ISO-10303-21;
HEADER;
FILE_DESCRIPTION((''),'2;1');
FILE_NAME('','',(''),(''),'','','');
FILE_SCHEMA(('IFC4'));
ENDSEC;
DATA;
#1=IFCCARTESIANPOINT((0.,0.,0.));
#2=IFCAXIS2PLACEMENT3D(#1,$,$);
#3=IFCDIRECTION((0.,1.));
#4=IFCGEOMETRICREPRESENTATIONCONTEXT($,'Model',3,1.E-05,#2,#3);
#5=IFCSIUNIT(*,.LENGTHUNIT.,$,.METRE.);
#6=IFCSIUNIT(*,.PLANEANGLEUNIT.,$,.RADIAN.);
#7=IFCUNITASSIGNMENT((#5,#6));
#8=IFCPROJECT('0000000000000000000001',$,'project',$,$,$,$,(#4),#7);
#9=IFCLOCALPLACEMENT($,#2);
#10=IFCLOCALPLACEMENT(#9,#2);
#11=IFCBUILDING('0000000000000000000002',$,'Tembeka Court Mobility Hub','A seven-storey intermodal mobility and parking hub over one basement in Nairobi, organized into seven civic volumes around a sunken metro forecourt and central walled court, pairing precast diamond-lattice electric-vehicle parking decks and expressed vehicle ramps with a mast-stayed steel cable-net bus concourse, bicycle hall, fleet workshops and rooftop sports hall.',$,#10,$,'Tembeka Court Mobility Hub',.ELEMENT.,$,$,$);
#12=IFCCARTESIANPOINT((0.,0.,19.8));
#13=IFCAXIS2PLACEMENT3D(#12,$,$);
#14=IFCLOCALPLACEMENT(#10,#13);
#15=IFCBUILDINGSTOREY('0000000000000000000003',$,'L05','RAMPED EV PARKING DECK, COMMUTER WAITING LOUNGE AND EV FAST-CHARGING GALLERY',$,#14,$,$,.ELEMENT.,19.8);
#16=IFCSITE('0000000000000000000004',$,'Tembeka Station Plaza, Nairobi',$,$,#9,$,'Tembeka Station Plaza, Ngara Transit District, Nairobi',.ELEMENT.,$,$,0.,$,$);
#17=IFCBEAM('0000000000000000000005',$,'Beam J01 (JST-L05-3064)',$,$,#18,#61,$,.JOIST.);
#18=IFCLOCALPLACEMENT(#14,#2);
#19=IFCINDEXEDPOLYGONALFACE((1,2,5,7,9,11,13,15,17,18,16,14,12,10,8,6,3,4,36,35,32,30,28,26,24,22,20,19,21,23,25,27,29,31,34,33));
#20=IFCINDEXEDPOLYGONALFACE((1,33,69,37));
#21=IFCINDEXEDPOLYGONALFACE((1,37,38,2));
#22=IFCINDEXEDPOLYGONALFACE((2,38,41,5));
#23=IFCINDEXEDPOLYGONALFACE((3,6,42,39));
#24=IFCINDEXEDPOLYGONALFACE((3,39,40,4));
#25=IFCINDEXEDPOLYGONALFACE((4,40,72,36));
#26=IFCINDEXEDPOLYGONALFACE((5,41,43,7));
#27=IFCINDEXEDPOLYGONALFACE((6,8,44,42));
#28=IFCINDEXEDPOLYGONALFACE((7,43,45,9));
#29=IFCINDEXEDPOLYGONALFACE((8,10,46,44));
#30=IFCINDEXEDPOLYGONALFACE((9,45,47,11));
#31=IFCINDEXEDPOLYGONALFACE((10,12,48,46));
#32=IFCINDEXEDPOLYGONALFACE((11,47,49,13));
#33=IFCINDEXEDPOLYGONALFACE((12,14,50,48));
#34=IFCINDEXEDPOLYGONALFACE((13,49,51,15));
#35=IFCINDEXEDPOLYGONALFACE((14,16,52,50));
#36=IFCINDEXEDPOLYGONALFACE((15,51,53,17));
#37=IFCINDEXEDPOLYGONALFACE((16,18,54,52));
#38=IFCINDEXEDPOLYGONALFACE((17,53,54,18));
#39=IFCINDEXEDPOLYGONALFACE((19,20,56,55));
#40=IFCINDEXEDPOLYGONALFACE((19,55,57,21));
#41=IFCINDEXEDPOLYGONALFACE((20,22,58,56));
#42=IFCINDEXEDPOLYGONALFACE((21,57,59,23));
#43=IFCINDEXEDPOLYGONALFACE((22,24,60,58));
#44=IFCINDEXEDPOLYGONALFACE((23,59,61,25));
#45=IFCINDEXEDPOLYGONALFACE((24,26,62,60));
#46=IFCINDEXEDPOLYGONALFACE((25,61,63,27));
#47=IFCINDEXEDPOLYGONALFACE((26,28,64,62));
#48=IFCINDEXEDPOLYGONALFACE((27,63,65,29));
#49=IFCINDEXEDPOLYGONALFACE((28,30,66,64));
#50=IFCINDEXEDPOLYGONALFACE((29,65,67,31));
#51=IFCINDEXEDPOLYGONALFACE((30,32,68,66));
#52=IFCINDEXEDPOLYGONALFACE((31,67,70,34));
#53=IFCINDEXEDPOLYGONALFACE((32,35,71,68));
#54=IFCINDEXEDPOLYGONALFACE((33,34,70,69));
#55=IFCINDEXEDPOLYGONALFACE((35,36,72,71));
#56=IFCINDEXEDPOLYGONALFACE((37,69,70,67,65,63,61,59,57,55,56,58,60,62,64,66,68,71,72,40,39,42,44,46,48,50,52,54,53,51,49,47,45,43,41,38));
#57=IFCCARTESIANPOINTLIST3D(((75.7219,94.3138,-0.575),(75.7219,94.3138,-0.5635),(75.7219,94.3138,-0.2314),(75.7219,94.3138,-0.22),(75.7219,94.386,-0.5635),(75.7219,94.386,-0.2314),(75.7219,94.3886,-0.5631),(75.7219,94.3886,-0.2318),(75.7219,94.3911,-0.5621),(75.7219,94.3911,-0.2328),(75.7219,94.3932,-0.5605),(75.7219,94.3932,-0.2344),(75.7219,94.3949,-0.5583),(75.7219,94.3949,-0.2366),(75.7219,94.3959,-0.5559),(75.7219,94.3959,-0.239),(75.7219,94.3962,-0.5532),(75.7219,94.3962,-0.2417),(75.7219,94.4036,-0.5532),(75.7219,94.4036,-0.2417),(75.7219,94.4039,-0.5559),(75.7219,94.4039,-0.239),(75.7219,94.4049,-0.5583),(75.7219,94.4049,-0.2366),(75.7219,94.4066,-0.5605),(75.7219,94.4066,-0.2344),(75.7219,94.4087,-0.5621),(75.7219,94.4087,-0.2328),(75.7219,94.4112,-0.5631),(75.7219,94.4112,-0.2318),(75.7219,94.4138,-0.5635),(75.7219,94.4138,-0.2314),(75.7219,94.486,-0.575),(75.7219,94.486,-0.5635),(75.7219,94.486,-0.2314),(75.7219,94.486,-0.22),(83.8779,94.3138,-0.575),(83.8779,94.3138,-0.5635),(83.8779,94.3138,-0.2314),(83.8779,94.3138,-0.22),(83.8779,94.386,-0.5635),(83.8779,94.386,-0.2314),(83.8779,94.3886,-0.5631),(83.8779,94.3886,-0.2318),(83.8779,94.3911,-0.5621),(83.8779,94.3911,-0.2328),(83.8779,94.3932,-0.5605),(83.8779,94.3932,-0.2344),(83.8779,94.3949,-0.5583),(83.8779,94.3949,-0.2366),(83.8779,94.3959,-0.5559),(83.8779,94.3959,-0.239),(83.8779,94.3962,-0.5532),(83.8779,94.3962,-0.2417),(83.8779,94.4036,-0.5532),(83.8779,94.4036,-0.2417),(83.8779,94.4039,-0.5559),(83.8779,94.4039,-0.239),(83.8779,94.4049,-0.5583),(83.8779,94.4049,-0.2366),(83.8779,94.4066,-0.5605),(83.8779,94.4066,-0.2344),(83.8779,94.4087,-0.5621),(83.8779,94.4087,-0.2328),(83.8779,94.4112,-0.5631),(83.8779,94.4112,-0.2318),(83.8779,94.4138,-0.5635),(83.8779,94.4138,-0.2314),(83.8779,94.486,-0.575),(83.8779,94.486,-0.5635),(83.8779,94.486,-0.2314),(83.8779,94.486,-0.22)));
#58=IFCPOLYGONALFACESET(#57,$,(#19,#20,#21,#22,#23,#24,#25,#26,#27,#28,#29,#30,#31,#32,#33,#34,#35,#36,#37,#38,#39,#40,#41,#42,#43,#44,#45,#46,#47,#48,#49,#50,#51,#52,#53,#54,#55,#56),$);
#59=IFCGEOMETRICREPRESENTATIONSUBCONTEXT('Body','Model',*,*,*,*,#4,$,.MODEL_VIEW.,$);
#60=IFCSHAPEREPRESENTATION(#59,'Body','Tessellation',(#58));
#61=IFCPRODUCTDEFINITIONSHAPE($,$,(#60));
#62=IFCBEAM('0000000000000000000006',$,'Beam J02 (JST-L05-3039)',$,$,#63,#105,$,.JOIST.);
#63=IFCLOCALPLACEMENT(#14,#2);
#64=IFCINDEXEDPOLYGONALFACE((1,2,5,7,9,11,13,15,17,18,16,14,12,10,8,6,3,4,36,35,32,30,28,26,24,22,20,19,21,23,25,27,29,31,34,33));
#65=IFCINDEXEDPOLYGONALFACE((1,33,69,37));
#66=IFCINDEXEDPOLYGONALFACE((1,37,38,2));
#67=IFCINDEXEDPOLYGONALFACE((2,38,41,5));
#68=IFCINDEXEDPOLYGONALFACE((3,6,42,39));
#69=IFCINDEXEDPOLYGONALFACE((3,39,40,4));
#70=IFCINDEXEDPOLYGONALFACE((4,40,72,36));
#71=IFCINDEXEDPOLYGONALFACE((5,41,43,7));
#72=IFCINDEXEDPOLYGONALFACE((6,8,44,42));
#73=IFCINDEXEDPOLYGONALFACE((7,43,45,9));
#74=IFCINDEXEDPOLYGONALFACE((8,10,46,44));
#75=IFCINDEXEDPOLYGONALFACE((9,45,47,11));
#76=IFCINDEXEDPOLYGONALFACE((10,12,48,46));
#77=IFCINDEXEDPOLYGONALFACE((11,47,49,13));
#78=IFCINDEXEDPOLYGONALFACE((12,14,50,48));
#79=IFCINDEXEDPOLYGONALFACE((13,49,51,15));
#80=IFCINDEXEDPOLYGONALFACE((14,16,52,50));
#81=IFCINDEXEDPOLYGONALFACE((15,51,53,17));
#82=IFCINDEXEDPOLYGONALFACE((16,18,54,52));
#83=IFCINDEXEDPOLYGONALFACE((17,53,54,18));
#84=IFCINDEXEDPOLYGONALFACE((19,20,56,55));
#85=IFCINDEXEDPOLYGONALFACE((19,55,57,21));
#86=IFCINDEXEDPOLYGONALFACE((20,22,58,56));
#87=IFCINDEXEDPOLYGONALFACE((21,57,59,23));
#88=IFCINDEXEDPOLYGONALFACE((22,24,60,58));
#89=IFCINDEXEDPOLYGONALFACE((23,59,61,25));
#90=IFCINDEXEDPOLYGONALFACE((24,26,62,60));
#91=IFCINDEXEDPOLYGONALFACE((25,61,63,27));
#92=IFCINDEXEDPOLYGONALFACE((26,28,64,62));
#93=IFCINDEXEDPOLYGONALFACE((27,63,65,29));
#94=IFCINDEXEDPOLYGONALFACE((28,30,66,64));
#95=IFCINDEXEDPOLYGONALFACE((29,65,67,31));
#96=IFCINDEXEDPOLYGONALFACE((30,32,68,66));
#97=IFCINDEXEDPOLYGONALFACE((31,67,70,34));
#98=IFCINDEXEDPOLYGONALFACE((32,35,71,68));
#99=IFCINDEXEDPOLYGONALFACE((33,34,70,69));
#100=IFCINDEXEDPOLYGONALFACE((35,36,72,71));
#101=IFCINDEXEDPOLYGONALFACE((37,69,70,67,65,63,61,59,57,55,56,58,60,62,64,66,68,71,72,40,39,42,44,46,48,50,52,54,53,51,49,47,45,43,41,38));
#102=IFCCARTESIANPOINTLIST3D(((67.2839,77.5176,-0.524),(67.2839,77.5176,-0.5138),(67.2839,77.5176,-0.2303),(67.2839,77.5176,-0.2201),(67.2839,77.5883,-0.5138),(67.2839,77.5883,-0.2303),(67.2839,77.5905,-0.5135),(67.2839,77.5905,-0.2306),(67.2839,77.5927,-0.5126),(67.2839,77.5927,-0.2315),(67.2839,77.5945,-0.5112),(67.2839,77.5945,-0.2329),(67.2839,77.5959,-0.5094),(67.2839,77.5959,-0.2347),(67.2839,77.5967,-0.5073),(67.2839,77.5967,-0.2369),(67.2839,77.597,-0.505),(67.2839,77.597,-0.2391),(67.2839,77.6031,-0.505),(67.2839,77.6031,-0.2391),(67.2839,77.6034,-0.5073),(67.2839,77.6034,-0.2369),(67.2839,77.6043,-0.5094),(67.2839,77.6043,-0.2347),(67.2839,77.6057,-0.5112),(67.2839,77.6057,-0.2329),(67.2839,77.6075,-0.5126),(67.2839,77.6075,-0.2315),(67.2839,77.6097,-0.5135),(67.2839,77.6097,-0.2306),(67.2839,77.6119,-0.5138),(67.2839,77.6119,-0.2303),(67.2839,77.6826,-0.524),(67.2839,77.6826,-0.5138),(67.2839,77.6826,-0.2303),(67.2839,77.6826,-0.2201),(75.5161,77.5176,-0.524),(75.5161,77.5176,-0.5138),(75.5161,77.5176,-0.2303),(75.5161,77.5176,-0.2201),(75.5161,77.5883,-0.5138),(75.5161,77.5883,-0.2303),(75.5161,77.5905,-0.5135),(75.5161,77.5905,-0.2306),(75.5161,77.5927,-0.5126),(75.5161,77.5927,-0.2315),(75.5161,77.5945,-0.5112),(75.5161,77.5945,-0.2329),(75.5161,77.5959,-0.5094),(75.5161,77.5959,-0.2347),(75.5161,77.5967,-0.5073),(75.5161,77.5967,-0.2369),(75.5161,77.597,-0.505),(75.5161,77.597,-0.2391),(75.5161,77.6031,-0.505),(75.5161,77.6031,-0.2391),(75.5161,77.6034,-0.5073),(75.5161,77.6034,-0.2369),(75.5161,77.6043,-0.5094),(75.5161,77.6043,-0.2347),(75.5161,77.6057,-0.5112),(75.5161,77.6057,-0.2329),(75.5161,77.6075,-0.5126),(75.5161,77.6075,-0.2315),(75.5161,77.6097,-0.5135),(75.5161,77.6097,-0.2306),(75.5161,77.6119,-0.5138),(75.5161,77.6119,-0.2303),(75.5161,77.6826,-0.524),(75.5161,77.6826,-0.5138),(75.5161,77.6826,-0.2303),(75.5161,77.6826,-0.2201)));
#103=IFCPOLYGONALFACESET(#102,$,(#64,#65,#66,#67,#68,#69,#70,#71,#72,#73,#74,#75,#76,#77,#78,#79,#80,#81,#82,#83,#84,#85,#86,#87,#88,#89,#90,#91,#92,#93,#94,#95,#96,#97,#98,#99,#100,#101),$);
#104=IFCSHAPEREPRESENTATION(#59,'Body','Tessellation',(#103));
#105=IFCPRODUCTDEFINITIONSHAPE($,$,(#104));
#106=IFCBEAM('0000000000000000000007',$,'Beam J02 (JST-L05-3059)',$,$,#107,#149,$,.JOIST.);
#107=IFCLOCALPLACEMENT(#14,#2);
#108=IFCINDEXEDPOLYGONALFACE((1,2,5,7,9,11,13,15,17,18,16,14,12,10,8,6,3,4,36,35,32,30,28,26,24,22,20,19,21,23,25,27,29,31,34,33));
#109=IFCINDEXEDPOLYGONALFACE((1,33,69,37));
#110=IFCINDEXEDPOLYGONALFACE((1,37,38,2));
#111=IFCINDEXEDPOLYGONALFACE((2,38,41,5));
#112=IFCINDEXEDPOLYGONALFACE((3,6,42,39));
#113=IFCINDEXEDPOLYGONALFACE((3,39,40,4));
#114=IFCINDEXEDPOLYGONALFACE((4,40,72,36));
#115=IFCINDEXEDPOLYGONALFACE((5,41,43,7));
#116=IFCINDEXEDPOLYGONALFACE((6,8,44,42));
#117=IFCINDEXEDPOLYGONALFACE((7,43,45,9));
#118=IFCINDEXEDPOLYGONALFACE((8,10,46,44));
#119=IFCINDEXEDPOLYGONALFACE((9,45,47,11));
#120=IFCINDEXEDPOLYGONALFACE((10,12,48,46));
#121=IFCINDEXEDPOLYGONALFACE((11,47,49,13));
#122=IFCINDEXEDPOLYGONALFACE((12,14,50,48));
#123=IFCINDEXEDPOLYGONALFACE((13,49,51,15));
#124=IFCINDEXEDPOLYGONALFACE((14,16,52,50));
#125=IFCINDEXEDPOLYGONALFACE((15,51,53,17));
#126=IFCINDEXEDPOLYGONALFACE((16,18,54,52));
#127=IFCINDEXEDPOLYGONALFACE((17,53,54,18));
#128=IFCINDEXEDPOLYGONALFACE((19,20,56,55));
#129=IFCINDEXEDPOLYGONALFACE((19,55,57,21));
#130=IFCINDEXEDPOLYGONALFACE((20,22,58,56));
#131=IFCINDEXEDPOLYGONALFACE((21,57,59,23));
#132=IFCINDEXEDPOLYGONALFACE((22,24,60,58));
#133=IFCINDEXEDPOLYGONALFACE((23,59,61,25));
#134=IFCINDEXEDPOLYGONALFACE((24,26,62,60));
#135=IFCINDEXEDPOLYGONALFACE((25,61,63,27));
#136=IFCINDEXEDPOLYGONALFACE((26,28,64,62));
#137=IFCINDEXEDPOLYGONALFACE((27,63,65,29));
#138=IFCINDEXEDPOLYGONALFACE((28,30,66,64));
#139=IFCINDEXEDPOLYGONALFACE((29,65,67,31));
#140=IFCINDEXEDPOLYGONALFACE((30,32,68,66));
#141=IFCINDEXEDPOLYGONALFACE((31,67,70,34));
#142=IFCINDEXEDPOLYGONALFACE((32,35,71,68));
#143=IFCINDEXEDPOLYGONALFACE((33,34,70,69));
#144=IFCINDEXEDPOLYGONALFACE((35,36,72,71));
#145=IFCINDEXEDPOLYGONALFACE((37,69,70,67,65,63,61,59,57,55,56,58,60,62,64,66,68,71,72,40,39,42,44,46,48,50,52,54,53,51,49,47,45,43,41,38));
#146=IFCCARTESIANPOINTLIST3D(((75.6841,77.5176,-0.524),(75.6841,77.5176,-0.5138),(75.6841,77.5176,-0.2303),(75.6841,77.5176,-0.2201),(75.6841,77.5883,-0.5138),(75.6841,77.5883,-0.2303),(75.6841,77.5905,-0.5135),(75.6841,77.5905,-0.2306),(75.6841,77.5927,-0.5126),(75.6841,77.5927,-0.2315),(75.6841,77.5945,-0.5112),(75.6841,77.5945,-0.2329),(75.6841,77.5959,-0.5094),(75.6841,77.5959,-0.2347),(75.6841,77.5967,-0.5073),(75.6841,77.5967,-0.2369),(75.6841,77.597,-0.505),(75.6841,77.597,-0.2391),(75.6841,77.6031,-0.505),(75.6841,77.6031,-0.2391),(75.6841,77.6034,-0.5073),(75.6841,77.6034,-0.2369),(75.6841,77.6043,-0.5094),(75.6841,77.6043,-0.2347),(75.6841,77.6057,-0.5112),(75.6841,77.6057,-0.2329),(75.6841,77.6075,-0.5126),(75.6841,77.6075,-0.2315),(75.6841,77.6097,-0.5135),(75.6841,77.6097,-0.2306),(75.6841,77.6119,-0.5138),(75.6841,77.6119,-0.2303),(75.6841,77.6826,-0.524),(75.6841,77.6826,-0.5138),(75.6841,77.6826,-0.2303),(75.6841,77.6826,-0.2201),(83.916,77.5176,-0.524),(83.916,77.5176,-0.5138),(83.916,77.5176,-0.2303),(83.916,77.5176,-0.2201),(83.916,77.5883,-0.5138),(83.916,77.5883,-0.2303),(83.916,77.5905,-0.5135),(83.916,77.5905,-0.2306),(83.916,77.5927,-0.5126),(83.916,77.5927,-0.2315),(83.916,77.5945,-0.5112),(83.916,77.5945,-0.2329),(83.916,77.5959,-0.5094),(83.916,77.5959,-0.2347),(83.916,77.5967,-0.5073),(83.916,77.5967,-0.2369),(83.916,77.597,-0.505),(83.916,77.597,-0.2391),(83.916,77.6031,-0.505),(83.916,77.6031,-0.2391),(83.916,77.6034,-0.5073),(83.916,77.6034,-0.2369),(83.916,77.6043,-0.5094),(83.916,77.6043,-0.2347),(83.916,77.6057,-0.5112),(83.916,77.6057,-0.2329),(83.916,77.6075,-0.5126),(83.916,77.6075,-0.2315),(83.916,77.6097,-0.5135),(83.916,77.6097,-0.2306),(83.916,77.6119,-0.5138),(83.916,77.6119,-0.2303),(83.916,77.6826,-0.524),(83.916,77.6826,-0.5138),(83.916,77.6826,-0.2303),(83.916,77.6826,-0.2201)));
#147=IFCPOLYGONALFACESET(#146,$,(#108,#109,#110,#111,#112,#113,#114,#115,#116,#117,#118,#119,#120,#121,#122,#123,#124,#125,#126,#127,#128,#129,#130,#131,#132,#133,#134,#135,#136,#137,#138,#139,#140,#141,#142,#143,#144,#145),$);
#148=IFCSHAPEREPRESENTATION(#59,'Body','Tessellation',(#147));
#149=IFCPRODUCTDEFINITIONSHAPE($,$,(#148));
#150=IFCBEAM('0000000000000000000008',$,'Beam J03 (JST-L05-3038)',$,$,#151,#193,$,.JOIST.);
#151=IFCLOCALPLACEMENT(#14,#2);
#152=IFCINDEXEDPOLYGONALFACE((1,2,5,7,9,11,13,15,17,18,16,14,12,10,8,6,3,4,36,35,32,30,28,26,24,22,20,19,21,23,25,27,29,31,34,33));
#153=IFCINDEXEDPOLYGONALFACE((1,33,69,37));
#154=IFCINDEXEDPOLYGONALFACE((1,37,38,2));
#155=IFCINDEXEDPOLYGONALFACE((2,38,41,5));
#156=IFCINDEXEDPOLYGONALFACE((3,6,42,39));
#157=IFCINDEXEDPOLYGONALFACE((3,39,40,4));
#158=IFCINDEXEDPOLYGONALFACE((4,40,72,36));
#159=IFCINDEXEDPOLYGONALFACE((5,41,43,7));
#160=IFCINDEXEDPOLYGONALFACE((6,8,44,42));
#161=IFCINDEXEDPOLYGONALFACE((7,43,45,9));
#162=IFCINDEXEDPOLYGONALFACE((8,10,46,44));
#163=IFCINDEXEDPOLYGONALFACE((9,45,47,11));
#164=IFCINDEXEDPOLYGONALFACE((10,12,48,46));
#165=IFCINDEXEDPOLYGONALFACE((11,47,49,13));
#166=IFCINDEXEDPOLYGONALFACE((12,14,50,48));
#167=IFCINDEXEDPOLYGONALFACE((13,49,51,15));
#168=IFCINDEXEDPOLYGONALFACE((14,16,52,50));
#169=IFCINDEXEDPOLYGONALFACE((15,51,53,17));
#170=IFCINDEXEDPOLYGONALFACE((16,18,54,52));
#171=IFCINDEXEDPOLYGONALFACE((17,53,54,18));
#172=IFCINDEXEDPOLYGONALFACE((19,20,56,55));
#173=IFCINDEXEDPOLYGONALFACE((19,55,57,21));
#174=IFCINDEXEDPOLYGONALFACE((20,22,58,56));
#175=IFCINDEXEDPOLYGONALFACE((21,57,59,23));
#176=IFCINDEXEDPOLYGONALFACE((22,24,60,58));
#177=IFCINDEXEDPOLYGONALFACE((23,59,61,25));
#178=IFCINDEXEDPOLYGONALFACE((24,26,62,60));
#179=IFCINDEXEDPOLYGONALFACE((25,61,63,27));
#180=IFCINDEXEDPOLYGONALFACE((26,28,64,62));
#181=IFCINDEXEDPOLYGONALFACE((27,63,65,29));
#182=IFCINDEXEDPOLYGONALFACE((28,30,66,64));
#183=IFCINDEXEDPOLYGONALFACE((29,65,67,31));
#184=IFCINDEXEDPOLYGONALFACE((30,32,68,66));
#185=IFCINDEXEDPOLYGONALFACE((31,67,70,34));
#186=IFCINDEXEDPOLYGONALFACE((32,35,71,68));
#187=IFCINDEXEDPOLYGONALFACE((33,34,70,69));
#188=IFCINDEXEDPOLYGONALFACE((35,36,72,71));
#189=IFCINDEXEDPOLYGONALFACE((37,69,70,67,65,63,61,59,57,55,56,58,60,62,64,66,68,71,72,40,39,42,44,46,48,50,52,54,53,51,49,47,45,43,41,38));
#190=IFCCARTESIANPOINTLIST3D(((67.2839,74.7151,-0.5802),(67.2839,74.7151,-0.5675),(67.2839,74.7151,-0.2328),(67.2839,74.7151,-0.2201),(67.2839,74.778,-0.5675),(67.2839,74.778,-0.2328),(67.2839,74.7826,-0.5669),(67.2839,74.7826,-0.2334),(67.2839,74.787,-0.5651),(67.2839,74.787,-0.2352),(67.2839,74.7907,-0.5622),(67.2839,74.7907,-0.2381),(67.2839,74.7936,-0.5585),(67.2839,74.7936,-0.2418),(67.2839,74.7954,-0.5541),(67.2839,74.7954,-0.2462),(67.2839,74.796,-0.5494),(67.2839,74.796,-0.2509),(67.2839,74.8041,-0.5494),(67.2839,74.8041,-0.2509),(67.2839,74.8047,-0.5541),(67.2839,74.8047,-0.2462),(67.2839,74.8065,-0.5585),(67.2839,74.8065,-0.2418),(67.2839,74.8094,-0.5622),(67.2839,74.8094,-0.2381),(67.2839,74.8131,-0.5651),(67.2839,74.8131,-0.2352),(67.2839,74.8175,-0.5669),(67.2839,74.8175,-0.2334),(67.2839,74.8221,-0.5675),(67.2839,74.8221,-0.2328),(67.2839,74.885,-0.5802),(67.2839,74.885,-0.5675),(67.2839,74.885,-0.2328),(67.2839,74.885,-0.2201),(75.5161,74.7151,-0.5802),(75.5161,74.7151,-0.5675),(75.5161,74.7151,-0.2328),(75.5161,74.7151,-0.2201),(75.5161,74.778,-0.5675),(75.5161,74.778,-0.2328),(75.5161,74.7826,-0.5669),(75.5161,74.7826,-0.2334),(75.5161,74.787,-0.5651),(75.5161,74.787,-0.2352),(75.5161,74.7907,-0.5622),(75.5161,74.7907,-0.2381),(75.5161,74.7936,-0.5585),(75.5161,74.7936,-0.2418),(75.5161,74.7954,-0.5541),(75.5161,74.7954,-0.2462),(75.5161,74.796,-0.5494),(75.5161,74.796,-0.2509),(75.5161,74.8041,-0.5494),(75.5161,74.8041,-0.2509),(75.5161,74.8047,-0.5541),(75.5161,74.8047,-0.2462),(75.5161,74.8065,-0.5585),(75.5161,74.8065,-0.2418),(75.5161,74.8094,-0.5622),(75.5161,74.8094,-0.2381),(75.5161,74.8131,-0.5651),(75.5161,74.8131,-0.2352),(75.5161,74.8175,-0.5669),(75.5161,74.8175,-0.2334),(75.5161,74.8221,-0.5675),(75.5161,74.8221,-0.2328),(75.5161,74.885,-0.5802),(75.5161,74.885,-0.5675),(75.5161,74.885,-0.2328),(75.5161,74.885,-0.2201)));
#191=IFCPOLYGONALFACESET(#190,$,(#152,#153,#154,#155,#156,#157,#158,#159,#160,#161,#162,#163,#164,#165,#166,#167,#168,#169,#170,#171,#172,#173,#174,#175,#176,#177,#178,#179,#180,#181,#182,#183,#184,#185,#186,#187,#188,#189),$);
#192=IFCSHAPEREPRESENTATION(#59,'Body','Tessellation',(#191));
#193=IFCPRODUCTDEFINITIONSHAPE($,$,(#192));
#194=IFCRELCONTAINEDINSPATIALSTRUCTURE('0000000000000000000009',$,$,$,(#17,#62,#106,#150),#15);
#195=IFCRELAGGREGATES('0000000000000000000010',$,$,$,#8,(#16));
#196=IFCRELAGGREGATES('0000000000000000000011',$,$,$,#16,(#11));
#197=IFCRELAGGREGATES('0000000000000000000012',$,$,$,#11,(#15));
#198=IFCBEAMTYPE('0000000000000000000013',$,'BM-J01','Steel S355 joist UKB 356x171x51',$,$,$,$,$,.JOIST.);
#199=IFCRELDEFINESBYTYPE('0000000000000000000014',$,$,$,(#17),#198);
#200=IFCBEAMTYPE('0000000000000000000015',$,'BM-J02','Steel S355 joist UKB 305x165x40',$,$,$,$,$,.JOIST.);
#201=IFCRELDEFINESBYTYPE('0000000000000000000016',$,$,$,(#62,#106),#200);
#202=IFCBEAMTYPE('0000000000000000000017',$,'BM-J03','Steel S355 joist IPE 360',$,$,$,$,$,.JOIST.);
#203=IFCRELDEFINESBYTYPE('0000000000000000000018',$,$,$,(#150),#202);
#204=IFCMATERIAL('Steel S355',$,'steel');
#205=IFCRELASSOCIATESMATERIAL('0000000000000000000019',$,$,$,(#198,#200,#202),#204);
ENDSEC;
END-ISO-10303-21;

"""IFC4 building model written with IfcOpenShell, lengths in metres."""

from ifc_helpers import new_model, si_unit, direction, frame, origin, origin_2d, place, context, subcontext, project, spatial, i_section, extrude, material, material_profile, profile_set, type_object, element, save


model = new_model("IFC4")

# Units and contexts
model_context = context("Model", 3, precision=1e-05, world=origin(), true_north=direction((0.0, 1.0)))
body_context = subcontext(model_context, "Body", "Model", "MODEL_VIEW")
ifc_project = project(units=[si_unit("LENGTHUNIT", "METRE"), si_unit("PLANEANGLEUNIT", "RADIAN")], contexts=[model_context])

# Site, building, storey
site_placement = place(None, origin())
site = spatial("IfcSite", under=ifc_project, at=site_placement, Name="Tembeka Station Plaza, Nairobi", LongName="Tembeka Station Plaza, Ngara Transit District, Nairobi", CompositionType="ELEMENT", RefElevation=0.0)
building_placement = place(site_placement, origin())
building = spatial("IfcBuilding", under=site, at=building_placement, Name="Tembeka Court Mobility Hub", Description="A seven-storey intermodal mobility and parking hub over one basement in Nairobi, organized into seven civic volumes around a sunken metro forecourt and central walled court, pairing precast diamond-lattice electric-vehicle parking decks and expressed vehicle ramps with a mast-stayed steel cable-net bus concourse, bicycle hall, fleet workshops and rooftop sports hall.", LongName="Tembeka Court Mobility Hub", CompositionType="ELEMENT")
storey_placement = place(building_placement, frame((0.0, 0.0, 19.8)))
storey = spatial("IfcBuildingStorey", under=building, at=storey_placement, Name="L05", Description="RAMPED EV PARKING DECK, COMMUTER WAITING LOUNGE AND EV FAST-CHARGING GALLERY", CompositionType="ELEMENT", Elevation=19.8)

# Shared definitions
ifc_material = material(Name="Steel S355", Category="steel")

# Beams
ifc_material_profile_1 = material_profile(ifc_material, i_section(OverallWidth=0.1721, OverallDepth=0.355, WebThickness=0.0073, FlangeThickness=0.0115, FilletRadius=0.0103, at=origin_2d()), Name="UKB 356x171x51")
ifc_profile_set_1 = profile_set([ifc_material_profile_1], Name="Steel S355")
beam_type_1 = type_object("IfcBeamType", Name="BM-J01", Description="Steel S355 joist UKB 356x171x51", PredefinedType="JOIST", material=ifc_profile_set_1)
for number, where, z_axis, x_axis, name in (
    (1, (75.7219, 94.3999, -0.3975), (1.0, 0.0, 0.0), (0.0, 1.0, 0.0), "Beam J01 (JST-L05-3064)"),
):
    element("IfcBeam", number, at=place(storey_placement, frame(where, z_axis=z_axis, x_axis=x_axis)), inside=storey, type_object=beam_type_1, Name=name, PredefinedType="JOIST", context=body_context, shape_type="SweptSolid", body=[
        extrude(i_section(OverallWidth=0.1721, OverallDepth=0.355, WebThickness=0.0073, FlangeThickness=0.0115, FilletRadius=0.0103, at=origin_2d()), origin(), (0.0, 0.0, 1.0), 8.156),
    ])
ifc_material_profile_2 = material_profile(ifc_material, i_section(OverallWidth=0.165, OverallDepth=0.304, WebThickness=0.0061, FlangeThickness=0.0103, FilletRadius=0.0088, at=origin_2d()), Name="UKB 305x165x40")
ifc_profile_set_2 = profile_set([ifc_material_profile_2], Name="Steel S355")
beam_type_2 = type_object("IfcBeamType", Name="BM-J02", Description="Steel S355 joist UKB 305x165x40", PredefinedType="JOIST", material=ifc_profile_set_2)
beam_1_placement = place(storey_placement, frame((67.2839, 77.6001, -0.3721), z_axis=(1.0, 0.0, 0.0), x_axis=(0.0, 1.0, 0.0)))
element("IfcBeam", 2, at=beam_1_placement, inside=storey, type_object=beam_type_2, Name="Beam J02 (JST-L05-3039)", PredefinedType="JOIST", context=body_context, shape_type="SweptSolid", body=[
    extrude(i_section(OverallWidth=0.165, OverallDepth=0.304, WebThickness=0.0061, FlangeThickness=0.0103, FilletRadius=0.0088, at=origin_2d()), origin(), (0.0, 0.0, 1.0), 8.2322),
])
beam_2_placement = place(storey_placement, frame((75.6841, 77.6001, -0.3721), z_axis=(1.0, 0.0, 0.0), x_axis=(0.0, 1.0, 0.0)))
element("IfcBeam", 3, at=beam_2_placement, inside=storey, type_object=beam_type_2, Name="Beam J02 (JST-L05-3059)", PredefinedType="JOIST", context=body_context, shape_type="SweptSolid", body=[
    extrude(i_section(OverallWidth=0.165, OverallDepth=0.304, WebThickness=0.0061, FlangeThickness=0.0103, FilletRadius=0.0088, at=origin_2d()), origin(), (0.0, 0.0, 1.0), 8.2319),
])
ifc_material_profile_3 = material_profile(ifc_material, i_section(OverallWidth=0.1699, OverallDepth=0.3601, WebThickness=0.0081, FlangeThickness=0.0127, FilletRadius=0.0181, at=origin_2d()), Name="IPE 360")
ifc_profile_set_3 = profile_set([ifc_material_profile_3], Name="Steel S355")
beam_type_3 = type_object("IfcBeamType", Name="BM-J03", Description="Steel S355 joist IPE 360", PredefinedType="JOIST", material=ifc_profile_set_3)
beam_3_placement = place(storey_placement, frame((67.2839, 74.8, -0.4001), z_axis=(1.0, 0.0, 0.0), x_axis=(0.0, 1.0, 0.0)))
element("IfcBeam", 4, at=beam_3_placement, inside=storey, type_object=beam_type_3, Name="Beam J03 (JST-L05-3038)", PredefinedType="JOIST", context=body_context, shape_type="SweptSolid", body=[
    extrude(i_section(OverallWidth=0.1699, OverallDepth=0.3601, WebThickness=0.0081, FlangeThickness=0.0127, FilletRadius=0.0181, at=origin_2d()), origin(), (0.0, 0.0, 1.0), 8.2322),
])

save(model, "model.ifc")
